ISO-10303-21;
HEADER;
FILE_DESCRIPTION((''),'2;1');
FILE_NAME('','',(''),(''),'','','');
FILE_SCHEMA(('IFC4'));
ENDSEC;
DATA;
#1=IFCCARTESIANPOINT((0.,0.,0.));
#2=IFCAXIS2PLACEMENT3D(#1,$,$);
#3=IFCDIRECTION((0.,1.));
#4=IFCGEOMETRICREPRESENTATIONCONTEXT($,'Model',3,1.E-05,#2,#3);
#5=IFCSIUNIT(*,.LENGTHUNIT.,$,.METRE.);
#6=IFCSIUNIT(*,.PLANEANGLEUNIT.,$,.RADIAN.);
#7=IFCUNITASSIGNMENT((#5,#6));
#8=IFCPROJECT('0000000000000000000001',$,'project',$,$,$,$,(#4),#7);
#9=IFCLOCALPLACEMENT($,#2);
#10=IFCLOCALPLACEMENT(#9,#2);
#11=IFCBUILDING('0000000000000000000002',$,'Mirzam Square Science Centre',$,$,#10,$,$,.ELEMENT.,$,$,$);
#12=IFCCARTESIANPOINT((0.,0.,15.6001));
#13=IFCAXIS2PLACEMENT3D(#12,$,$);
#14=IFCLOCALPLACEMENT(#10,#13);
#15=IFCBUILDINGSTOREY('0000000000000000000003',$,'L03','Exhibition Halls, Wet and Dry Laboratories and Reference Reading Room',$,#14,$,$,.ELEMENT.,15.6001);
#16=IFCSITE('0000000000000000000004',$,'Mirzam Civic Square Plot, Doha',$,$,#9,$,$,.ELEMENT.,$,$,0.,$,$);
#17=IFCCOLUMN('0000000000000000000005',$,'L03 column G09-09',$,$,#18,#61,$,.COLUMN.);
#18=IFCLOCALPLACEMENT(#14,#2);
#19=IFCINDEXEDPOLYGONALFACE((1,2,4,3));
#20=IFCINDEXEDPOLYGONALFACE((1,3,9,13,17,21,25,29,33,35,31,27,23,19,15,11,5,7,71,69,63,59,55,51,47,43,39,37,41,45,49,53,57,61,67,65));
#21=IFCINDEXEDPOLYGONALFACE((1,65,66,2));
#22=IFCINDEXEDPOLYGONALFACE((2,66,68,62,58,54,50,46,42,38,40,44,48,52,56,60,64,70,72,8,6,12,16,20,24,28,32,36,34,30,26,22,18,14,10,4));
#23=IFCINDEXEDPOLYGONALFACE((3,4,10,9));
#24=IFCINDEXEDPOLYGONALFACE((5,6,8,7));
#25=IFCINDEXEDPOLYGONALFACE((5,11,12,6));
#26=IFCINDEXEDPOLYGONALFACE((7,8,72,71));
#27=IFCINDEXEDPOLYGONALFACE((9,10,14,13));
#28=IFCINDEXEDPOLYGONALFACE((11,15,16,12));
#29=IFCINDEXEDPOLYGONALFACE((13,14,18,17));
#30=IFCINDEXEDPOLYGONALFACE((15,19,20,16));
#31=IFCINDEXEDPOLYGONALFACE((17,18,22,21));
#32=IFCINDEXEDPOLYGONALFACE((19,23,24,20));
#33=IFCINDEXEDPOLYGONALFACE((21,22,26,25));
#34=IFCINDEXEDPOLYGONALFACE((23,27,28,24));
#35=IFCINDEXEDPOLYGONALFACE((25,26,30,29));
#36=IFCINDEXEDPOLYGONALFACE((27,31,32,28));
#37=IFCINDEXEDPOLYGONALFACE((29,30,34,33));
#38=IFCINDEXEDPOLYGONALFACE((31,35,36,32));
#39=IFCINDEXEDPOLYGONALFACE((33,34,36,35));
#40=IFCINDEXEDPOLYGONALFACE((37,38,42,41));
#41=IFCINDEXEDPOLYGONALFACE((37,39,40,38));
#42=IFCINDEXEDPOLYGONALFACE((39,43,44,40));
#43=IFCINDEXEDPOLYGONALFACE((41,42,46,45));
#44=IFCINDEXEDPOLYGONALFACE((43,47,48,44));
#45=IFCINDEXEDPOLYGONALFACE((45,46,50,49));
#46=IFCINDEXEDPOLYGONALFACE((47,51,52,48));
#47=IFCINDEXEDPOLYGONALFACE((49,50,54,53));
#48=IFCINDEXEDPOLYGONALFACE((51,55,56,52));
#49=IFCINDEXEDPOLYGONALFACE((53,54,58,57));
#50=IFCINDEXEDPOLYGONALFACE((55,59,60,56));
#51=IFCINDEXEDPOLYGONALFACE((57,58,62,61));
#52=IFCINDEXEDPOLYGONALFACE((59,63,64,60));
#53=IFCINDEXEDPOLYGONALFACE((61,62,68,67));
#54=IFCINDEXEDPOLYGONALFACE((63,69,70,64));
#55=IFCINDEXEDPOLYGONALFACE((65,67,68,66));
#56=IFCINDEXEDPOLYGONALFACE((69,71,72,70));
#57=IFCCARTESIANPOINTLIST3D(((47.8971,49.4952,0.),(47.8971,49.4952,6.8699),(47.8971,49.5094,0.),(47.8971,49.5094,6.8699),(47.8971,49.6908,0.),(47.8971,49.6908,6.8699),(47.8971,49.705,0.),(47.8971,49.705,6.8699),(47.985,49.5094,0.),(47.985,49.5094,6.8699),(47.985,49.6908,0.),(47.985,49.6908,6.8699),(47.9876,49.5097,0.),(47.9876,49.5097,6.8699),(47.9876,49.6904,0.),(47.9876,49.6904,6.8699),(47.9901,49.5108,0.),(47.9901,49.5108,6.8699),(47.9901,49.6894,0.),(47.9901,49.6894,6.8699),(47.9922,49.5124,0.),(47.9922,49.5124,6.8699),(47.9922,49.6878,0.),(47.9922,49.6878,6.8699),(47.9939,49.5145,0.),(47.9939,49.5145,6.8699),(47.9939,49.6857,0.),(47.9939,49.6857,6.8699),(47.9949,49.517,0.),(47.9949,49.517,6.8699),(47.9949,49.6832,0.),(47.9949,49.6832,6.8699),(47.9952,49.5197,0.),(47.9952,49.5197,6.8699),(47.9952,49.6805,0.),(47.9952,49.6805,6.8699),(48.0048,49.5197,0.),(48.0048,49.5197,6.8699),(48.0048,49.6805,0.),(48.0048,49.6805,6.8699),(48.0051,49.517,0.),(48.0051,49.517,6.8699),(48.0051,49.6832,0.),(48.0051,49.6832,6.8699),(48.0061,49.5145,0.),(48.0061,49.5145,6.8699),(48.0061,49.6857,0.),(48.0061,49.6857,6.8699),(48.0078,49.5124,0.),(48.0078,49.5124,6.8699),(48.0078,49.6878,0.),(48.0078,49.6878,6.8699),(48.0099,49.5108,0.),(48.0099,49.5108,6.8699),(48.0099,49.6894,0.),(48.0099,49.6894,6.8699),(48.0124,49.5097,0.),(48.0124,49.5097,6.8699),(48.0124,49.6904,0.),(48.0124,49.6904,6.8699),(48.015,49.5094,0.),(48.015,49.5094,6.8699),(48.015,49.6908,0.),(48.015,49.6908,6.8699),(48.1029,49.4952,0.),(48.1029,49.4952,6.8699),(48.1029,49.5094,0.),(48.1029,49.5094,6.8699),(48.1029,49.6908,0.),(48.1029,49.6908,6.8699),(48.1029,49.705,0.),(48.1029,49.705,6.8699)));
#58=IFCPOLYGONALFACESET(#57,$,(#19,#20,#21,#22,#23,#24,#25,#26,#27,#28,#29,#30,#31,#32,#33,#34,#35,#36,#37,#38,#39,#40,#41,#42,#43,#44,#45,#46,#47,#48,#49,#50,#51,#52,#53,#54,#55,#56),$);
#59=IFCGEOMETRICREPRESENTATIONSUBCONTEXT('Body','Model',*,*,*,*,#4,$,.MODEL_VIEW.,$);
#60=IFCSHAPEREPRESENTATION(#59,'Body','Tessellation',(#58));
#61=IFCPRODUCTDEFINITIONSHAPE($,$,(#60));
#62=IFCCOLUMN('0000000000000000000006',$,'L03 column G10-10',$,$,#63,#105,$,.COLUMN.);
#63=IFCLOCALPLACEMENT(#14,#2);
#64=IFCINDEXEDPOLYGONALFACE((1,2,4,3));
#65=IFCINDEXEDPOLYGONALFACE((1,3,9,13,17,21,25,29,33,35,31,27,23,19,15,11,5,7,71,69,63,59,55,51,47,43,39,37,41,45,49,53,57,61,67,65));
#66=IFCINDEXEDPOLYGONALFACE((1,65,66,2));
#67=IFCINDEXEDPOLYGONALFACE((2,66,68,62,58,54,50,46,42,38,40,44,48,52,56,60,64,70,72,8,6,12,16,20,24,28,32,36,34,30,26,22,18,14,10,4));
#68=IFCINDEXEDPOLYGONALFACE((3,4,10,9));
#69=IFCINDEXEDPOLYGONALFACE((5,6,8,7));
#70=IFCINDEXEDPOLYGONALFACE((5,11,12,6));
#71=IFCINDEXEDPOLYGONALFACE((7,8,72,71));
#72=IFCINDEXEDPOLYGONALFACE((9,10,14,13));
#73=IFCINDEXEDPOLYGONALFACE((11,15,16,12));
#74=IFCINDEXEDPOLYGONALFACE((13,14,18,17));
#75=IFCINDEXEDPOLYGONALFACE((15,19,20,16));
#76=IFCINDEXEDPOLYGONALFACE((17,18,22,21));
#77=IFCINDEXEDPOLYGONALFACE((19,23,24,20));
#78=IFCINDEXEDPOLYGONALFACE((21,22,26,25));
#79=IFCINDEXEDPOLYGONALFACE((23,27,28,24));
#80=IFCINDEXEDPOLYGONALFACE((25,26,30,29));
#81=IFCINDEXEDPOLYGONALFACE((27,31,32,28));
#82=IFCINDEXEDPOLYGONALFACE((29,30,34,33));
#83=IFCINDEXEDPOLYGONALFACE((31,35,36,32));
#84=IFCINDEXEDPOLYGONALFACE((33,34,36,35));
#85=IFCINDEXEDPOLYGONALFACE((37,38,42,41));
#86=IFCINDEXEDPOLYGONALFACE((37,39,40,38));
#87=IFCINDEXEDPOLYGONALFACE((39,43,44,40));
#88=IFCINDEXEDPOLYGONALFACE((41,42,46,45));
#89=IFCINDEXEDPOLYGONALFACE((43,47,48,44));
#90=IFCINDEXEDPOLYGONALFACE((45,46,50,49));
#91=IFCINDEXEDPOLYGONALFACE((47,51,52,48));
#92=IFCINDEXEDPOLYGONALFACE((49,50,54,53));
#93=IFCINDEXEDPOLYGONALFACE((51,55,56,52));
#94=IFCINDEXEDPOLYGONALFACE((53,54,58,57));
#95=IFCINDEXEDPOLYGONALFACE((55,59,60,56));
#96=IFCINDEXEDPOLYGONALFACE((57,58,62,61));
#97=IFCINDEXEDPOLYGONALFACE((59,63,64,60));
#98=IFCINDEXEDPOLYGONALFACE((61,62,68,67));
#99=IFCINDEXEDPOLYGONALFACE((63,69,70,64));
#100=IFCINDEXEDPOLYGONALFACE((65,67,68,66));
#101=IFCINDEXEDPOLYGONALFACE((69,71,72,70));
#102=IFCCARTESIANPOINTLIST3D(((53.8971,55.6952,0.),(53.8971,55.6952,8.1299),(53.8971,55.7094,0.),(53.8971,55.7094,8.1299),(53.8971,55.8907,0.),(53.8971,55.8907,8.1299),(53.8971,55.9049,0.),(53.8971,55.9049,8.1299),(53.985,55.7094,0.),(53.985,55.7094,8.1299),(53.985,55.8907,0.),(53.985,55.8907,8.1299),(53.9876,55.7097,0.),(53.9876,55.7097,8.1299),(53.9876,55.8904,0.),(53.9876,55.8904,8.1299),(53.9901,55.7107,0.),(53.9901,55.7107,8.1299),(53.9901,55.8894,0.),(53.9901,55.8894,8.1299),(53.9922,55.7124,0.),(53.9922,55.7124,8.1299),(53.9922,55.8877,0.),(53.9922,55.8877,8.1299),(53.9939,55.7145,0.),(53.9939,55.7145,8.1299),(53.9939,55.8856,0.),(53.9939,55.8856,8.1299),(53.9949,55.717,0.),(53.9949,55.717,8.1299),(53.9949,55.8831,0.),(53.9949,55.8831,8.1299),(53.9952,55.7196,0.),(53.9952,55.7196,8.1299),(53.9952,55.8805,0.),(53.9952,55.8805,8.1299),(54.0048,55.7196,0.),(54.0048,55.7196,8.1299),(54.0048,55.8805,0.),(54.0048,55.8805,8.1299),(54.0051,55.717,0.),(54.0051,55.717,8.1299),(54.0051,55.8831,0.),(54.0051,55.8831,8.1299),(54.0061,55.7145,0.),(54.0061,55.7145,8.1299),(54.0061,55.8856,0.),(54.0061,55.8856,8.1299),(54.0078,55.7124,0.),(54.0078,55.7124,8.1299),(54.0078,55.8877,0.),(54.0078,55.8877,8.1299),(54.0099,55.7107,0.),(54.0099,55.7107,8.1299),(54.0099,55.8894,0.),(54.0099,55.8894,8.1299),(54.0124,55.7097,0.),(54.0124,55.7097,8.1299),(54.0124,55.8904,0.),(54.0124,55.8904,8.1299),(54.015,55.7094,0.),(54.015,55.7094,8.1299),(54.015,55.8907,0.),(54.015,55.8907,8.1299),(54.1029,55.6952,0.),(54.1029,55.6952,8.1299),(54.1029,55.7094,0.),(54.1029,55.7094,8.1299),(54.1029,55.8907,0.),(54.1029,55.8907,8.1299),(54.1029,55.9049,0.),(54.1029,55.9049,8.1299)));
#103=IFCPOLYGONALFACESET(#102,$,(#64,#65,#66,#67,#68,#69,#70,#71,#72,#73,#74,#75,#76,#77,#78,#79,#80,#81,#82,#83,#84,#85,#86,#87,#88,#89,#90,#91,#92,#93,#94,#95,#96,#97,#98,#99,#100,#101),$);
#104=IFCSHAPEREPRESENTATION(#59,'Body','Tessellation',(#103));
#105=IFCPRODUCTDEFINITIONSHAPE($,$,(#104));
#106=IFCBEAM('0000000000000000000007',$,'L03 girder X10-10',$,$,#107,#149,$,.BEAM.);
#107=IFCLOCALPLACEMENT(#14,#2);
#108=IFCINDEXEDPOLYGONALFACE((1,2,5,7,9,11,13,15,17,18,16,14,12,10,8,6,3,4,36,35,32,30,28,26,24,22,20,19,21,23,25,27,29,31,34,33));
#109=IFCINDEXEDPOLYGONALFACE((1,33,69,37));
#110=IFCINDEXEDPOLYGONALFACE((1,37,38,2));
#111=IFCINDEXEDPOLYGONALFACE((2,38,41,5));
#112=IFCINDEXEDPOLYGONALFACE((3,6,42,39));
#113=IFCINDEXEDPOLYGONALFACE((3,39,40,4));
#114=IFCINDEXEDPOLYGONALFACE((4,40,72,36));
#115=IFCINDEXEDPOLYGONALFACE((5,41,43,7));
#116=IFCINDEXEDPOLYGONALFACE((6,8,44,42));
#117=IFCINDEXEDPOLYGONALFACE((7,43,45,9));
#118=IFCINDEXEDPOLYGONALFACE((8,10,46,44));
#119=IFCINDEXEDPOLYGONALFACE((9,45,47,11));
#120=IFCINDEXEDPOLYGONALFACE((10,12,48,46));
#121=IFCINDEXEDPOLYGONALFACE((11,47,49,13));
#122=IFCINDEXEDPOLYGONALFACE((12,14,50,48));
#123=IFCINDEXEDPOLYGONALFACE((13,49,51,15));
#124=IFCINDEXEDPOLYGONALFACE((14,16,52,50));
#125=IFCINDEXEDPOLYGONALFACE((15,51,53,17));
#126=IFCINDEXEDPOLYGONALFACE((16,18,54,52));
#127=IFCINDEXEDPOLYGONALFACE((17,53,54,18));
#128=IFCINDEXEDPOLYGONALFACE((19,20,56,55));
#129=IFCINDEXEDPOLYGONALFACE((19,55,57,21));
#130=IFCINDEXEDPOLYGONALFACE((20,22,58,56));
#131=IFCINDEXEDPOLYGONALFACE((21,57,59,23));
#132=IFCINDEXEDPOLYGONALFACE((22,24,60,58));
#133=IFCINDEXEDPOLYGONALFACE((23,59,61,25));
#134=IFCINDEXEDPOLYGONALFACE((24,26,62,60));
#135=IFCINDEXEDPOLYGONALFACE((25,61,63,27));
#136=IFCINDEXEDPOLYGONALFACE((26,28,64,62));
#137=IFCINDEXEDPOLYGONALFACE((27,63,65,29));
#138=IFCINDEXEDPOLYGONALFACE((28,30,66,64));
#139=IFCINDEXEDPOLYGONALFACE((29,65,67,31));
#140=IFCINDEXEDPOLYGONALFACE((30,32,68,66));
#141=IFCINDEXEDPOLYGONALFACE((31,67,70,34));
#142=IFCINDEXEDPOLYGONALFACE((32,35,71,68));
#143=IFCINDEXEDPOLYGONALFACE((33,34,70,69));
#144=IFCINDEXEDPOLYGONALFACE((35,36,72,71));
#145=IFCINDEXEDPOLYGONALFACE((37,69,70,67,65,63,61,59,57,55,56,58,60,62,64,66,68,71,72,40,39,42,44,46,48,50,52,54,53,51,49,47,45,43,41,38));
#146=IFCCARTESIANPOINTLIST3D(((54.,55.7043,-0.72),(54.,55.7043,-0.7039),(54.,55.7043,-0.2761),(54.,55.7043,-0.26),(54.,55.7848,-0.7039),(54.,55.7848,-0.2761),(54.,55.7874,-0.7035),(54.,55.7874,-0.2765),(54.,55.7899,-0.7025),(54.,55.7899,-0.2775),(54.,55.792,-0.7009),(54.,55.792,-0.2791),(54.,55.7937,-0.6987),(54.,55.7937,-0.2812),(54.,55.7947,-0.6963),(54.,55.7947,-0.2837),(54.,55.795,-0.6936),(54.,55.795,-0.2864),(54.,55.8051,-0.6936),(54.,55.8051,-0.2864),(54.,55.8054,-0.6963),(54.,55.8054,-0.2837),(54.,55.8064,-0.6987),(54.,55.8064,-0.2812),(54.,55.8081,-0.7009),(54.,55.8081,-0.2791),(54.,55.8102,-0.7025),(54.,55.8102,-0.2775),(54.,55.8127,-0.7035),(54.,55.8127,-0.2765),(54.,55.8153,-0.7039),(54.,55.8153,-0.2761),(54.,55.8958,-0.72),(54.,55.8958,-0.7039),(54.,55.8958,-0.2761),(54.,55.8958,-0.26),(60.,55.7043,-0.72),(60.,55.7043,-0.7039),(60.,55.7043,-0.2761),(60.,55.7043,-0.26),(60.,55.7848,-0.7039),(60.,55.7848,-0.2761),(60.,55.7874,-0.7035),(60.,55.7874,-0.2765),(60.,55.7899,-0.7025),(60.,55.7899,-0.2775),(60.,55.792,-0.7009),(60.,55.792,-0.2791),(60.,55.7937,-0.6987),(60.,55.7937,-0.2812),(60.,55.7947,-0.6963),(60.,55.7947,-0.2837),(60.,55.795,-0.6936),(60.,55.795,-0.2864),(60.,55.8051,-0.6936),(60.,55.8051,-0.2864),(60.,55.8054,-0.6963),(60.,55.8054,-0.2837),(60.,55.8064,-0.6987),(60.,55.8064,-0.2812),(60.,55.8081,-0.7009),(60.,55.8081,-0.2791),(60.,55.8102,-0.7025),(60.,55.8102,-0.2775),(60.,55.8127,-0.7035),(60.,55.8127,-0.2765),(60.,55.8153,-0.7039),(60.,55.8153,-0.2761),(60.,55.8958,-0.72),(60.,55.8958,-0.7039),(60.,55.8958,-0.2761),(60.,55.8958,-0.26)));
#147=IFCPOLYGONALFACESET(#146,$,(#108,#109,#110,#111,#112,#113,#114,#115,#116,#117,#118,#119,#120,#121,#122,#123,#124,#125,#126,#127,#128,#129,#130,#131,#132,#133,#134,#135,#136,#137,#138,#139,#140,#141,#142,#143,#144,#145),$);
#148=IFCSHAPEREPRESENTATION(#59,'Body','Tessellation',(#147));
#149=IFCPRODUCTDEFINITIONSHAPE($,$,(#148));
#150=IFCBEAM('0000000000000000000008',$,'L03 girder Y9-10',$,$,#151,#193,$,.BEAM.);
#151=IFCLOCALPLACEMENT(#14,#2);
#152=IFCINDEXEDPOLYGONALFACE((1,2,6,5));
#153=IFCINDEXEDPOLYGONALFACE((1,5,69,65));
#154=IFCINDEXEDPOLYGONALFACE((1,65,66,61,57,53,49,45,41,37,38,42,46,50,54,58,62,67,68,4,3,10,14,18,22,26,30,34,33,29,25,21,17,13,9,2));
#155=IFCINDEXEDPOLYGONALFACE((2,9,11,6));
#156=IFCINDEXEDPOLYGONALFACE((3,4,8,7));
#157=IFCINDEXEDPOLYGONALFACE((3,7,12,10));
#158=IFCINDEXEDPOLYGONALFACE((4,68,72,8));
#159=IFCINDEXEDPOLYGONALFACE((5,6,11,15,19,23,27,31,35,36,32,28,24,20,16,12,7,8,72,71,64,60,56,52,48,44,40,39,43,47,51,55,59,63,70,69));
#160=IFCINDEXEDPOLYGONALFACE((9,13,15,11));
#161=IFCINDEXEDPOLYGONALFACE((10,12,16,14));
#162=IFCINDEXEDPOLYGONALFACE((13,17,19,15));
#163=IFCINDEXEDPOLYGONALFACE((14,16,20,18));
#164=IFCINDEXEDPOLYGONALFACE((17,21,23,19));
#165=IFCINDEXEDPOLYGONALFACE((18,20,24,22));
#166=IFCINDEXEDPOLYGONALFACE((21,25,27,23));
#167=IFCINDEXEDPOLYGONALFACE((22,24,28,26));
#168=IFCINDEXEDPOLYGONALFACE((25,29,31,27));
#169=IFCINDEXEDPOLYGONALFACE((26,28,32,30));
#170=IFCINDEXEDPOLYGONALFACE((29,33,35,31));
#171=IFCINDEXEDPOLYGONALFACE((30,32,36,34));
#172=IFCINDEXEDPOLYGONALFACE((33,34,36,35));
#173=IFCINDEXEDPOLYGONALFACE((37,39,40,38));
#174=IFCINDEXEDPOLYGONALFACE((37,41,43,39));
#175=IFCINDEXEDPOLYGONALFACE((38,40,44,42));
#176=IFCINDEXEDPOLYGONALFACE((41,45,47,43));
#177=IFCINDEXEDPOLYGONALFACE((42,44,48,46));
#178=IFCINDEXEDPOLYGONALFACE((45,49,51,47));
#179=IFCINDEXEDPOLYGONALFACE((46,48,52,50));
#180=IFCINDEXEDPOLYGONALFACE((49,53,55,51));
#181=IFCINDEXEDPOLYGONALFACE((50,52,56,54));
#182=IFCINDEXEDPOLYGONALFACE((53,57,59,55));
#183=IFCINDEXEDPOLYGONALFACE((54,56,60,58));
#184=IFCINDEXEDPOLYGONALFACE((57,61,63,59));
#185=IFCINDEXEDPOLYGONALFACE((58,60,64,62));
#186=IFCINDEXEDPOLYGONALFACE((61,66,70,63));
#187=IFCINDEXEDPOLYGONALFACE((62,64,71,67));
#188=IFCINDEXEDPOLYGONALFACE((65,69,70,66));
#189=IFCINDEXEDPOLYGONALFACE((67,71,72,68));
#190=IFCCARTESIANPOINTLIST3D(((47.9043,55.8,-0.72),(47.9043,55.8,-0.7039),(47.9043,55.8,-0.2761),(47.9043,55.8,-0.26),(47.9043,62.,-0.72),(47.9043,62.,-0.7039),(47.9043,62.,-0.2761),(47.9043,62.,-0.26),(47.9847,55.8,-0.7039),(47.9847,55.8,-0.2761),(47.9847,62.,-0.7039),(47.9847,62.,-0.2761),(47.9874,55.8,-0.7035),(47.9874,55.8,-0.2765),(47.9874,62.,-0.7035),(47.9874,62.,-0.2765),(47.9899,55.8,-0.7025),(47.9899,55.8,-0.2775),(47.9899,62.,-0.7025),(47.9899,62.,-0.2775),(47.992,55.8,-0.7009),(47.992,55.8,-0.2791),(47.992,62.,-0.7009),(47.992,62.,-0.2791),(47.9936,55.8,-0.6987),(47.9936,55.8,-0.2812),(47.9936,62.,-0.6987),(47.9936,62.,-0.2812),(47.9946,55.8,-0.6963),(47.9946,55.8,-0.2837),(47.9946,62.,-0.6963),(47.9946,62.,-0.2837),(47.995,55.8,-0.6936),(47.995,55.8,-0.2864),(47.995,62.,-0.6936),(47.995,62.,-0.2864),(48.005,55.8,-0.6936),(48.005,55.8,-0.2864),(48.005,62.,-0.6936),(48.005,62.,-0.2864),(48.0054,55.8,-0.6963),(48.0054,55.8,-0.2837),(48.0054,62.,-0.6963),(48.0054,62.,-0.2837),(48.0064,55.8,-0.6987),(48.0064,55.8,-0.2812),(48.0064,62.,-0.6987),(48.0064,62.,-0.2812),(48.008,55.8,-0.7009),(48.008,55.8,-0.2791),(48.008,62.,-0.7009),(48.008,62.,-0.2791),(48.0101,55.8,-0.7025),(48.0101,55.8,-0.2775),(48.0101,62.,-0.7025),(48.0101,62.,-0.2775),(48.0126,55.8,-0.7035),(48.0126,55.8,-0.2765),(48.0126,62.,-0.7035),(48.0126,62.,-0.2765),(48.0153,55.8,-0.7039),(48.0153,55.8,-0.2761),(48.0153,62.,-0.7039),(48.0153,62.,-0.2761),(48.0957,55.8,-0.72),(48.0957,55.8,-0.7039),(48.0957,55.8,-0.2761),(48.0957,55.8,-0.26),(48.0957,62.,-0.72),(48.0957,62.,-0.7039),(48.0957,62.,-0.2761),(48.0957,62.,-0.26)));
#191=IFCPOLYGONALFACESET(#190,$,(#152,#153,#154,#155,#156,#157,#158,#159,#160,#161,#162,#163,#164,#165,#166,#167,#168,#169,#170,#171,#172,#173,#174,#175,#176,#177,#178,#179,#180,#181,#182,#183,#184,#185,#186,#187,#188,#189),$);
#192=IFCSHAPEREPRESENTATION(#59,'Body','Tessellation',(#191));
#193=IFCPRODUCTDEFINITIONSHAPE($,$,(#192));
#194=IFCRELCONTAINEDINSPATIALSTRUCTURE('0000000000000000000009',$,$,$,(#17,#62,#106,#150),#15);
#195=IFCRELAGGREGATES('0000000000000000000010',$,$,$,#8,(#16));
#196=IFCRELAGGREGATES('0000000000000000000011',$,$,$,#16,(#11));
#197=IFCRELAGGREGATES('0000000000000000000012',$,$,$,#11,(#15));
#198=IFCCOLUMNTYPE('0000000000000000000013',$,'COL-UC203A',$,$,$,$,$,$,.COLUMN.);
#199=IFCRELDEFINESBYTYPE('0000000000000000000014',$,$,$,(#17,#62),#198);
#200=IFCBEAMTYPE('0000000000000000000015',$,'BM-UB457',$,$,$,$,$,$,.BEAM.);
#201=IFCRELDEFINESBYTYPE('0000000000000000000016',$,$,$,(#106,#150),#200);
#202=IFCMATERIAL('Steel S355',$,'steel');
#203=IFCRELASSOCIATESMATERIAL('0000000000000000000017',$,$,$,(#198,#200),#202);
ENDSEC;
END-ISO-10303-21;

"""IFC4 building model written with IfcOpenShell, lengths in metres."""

from ifc_helpers import new_model, si_unit, direction, frame, origin, origin_2d, place, context, subcontext, project, spatial, i_section, extrude, material, material_profile, profile_set, type_object, element, save


model = new_model("IFC4")

# Units and contexts
model_context = context("Model", 3, precision=1e-05, world=origin(), true_north=direction((0.0, 1.0)))
body_context = subcontext(model_context, "Body", "Model", "MODEL_VIEW")
ifc_project = project(units=[si_unit("LENGTHUNIT", "METRE"), si_unit("PLANEANGLEUNIT", "RADIAN")], contexts=[model_context])

# Site, building, storey
site_placement = place(None, origin())
site = spatial("IfcSite", under=ifc_project, at=site_placement, Name="Mirzam Civic Square Plot, Doha", CompositionType="ELEMENT", RefElevation=0.0)
building_placement = place(site_placement, origin())
building = spatial("IfcBuilding", under=site, at=building_placement, Name="Mirzam Square Science Centre", CompositionType="ELEMENT")
storey_placement = place(building_placement, frame((0.0, 0.0, 15.6001)))
storey = spatial("IfcBuildingStorey", under=building, at=storey_placement, Name="L03", Description="Exhibition Halls, Wet and Dry Laboratories and Reference Reading Room", CompositionType="ELEMENT", Elevation=15.6001)

# Columns
ifc_material_1 = material(Name="Steel S355", Category="steel")
ifc_material_profile_1 = material_profile(ifc_material_1, i_section(OverallWidth=0.2058, OverallDepth=0.2097, WebThickness=0.0095, FlangeThickness=0.0142, FilletRadius=0.0103, at=origin_2d()), Name="203x203x60UC")
ifc_profile_set_1 = profile_set([ifc_material_profile_1], Name="Steel S355")
column_type_1 = type_object("IfcColumnType", Name="COL-UC203A", PredefinedType="COLUMN", material=ifc_profile_set_1)
column_1_placement = place(storey_placement, frame((48.0, 49.6001, 0.0), z_axis=(0.0, 0.0, 1.0), x_axis=(1.0, 0.0, 0.0)))
element("IfcColumn", 1, at=column_1_placement, inside=storey, type_object=column_type_1, Name="L03 column G09-09", PredefinedType="COLUMN", context=body_context, shape_type="SweptSolid", body=[
    extrude(i_section(OverallWidth=0.2058, OverallDepth=0.2097, WebThickness=0.0095, FlangeThickness=0.0142, FilletRadius=0.0103, at=origin_2d()), origin(), (0.0, 0.0, 1.0), 6.8699),
])
column_2_placement = place(storey_placement, frame((54.0, 55.8, 0.0), z_axis=(0.0, 0.0, 1.0), x_axis=(1.0, 0.0, 0.0)))
element("IfcColumn", 2, at=column_2_placement, inside=storey, type_object=column_type_1, Name="L03 column G10-10", PredefinedType="COLUMN", context=body_context, shape_type="SweptSolid", body=[
    extrude(i_section(OverallWidth=0.2058, OverallDepth=0.2097, WebThickness=0.0095, FlangeThickness=0.0142, FilletRadius=0.0103, at=origin_2d()), origin(), (0.0, 0.0, 1.0), 8.1299),
])

# Beams
ifc_material_profile_2 = material_profile(ifc_material_1, i_section(OverallWidth=0.1914, OverallDepth=0.46, WebThickness=0.01, FlangeThickness=0.0161, FilletRadius=0.0103, at=origin_2d()), Name="457x191x82UB")
ifc_profile_set_2 = profile_set([ifc_material_profile_2], Name="Steel S355")
beam_type_1 = type_object("IfcBeamType", Name="BM-UB457", PredefinedType="BEAM", material=ifc_profile_set_2)
beam_1_placement = place(storey_placement, frame((54.0, 55.8, -0.49), z_axis=(1.0, 0.0, 0.0), x_axis=(0.0, 1.0, 0.0)))
element("IfcBeam", 3, at=beam_1_placement, inside=storey, type_object=beam_type_1, Name="L03 girder X10-10", PredefinedType="BEAM", context=body_context, shape_type="SweptSolid", body=[
    extrude(i_section(OverallWidth=0.1914, OverallDepth=0.46, WebThickness=0.01, FlangeThickness=0.0161, FilletRadius=0.0103, at=origin_2d()), origin(), (0.0, 0.0, 1.0), 6.0),
])
for number, where, z_axis, x_axis, name in (
    (4, (48.0, 55.8, -0.49), (0.0, 1.0, 0.0), (-1.0, 0.0, 0.0), "L03 girder Y9-10"),
):
    element("IfcBeam", number, at=place(storey_placement, frame(where, z_axis=z_axis, x_axis=x_axis)), inside=storey, type_object=beam_type_1, Name=name, PredefinedType="BEAM", context=body_context, shape_type="SweptSolid", body=[
        extrude(i_section(OverallWidth=0.1914, OverallDepth=0.46, WebThickness=0.01, FlangeThickness=0.0161, FilletRadius=0.0103, at=origin_2d()), origin(), (0.0, 0.0, 1.0), 6.2),
    ])

save(model, "model.ifc")
